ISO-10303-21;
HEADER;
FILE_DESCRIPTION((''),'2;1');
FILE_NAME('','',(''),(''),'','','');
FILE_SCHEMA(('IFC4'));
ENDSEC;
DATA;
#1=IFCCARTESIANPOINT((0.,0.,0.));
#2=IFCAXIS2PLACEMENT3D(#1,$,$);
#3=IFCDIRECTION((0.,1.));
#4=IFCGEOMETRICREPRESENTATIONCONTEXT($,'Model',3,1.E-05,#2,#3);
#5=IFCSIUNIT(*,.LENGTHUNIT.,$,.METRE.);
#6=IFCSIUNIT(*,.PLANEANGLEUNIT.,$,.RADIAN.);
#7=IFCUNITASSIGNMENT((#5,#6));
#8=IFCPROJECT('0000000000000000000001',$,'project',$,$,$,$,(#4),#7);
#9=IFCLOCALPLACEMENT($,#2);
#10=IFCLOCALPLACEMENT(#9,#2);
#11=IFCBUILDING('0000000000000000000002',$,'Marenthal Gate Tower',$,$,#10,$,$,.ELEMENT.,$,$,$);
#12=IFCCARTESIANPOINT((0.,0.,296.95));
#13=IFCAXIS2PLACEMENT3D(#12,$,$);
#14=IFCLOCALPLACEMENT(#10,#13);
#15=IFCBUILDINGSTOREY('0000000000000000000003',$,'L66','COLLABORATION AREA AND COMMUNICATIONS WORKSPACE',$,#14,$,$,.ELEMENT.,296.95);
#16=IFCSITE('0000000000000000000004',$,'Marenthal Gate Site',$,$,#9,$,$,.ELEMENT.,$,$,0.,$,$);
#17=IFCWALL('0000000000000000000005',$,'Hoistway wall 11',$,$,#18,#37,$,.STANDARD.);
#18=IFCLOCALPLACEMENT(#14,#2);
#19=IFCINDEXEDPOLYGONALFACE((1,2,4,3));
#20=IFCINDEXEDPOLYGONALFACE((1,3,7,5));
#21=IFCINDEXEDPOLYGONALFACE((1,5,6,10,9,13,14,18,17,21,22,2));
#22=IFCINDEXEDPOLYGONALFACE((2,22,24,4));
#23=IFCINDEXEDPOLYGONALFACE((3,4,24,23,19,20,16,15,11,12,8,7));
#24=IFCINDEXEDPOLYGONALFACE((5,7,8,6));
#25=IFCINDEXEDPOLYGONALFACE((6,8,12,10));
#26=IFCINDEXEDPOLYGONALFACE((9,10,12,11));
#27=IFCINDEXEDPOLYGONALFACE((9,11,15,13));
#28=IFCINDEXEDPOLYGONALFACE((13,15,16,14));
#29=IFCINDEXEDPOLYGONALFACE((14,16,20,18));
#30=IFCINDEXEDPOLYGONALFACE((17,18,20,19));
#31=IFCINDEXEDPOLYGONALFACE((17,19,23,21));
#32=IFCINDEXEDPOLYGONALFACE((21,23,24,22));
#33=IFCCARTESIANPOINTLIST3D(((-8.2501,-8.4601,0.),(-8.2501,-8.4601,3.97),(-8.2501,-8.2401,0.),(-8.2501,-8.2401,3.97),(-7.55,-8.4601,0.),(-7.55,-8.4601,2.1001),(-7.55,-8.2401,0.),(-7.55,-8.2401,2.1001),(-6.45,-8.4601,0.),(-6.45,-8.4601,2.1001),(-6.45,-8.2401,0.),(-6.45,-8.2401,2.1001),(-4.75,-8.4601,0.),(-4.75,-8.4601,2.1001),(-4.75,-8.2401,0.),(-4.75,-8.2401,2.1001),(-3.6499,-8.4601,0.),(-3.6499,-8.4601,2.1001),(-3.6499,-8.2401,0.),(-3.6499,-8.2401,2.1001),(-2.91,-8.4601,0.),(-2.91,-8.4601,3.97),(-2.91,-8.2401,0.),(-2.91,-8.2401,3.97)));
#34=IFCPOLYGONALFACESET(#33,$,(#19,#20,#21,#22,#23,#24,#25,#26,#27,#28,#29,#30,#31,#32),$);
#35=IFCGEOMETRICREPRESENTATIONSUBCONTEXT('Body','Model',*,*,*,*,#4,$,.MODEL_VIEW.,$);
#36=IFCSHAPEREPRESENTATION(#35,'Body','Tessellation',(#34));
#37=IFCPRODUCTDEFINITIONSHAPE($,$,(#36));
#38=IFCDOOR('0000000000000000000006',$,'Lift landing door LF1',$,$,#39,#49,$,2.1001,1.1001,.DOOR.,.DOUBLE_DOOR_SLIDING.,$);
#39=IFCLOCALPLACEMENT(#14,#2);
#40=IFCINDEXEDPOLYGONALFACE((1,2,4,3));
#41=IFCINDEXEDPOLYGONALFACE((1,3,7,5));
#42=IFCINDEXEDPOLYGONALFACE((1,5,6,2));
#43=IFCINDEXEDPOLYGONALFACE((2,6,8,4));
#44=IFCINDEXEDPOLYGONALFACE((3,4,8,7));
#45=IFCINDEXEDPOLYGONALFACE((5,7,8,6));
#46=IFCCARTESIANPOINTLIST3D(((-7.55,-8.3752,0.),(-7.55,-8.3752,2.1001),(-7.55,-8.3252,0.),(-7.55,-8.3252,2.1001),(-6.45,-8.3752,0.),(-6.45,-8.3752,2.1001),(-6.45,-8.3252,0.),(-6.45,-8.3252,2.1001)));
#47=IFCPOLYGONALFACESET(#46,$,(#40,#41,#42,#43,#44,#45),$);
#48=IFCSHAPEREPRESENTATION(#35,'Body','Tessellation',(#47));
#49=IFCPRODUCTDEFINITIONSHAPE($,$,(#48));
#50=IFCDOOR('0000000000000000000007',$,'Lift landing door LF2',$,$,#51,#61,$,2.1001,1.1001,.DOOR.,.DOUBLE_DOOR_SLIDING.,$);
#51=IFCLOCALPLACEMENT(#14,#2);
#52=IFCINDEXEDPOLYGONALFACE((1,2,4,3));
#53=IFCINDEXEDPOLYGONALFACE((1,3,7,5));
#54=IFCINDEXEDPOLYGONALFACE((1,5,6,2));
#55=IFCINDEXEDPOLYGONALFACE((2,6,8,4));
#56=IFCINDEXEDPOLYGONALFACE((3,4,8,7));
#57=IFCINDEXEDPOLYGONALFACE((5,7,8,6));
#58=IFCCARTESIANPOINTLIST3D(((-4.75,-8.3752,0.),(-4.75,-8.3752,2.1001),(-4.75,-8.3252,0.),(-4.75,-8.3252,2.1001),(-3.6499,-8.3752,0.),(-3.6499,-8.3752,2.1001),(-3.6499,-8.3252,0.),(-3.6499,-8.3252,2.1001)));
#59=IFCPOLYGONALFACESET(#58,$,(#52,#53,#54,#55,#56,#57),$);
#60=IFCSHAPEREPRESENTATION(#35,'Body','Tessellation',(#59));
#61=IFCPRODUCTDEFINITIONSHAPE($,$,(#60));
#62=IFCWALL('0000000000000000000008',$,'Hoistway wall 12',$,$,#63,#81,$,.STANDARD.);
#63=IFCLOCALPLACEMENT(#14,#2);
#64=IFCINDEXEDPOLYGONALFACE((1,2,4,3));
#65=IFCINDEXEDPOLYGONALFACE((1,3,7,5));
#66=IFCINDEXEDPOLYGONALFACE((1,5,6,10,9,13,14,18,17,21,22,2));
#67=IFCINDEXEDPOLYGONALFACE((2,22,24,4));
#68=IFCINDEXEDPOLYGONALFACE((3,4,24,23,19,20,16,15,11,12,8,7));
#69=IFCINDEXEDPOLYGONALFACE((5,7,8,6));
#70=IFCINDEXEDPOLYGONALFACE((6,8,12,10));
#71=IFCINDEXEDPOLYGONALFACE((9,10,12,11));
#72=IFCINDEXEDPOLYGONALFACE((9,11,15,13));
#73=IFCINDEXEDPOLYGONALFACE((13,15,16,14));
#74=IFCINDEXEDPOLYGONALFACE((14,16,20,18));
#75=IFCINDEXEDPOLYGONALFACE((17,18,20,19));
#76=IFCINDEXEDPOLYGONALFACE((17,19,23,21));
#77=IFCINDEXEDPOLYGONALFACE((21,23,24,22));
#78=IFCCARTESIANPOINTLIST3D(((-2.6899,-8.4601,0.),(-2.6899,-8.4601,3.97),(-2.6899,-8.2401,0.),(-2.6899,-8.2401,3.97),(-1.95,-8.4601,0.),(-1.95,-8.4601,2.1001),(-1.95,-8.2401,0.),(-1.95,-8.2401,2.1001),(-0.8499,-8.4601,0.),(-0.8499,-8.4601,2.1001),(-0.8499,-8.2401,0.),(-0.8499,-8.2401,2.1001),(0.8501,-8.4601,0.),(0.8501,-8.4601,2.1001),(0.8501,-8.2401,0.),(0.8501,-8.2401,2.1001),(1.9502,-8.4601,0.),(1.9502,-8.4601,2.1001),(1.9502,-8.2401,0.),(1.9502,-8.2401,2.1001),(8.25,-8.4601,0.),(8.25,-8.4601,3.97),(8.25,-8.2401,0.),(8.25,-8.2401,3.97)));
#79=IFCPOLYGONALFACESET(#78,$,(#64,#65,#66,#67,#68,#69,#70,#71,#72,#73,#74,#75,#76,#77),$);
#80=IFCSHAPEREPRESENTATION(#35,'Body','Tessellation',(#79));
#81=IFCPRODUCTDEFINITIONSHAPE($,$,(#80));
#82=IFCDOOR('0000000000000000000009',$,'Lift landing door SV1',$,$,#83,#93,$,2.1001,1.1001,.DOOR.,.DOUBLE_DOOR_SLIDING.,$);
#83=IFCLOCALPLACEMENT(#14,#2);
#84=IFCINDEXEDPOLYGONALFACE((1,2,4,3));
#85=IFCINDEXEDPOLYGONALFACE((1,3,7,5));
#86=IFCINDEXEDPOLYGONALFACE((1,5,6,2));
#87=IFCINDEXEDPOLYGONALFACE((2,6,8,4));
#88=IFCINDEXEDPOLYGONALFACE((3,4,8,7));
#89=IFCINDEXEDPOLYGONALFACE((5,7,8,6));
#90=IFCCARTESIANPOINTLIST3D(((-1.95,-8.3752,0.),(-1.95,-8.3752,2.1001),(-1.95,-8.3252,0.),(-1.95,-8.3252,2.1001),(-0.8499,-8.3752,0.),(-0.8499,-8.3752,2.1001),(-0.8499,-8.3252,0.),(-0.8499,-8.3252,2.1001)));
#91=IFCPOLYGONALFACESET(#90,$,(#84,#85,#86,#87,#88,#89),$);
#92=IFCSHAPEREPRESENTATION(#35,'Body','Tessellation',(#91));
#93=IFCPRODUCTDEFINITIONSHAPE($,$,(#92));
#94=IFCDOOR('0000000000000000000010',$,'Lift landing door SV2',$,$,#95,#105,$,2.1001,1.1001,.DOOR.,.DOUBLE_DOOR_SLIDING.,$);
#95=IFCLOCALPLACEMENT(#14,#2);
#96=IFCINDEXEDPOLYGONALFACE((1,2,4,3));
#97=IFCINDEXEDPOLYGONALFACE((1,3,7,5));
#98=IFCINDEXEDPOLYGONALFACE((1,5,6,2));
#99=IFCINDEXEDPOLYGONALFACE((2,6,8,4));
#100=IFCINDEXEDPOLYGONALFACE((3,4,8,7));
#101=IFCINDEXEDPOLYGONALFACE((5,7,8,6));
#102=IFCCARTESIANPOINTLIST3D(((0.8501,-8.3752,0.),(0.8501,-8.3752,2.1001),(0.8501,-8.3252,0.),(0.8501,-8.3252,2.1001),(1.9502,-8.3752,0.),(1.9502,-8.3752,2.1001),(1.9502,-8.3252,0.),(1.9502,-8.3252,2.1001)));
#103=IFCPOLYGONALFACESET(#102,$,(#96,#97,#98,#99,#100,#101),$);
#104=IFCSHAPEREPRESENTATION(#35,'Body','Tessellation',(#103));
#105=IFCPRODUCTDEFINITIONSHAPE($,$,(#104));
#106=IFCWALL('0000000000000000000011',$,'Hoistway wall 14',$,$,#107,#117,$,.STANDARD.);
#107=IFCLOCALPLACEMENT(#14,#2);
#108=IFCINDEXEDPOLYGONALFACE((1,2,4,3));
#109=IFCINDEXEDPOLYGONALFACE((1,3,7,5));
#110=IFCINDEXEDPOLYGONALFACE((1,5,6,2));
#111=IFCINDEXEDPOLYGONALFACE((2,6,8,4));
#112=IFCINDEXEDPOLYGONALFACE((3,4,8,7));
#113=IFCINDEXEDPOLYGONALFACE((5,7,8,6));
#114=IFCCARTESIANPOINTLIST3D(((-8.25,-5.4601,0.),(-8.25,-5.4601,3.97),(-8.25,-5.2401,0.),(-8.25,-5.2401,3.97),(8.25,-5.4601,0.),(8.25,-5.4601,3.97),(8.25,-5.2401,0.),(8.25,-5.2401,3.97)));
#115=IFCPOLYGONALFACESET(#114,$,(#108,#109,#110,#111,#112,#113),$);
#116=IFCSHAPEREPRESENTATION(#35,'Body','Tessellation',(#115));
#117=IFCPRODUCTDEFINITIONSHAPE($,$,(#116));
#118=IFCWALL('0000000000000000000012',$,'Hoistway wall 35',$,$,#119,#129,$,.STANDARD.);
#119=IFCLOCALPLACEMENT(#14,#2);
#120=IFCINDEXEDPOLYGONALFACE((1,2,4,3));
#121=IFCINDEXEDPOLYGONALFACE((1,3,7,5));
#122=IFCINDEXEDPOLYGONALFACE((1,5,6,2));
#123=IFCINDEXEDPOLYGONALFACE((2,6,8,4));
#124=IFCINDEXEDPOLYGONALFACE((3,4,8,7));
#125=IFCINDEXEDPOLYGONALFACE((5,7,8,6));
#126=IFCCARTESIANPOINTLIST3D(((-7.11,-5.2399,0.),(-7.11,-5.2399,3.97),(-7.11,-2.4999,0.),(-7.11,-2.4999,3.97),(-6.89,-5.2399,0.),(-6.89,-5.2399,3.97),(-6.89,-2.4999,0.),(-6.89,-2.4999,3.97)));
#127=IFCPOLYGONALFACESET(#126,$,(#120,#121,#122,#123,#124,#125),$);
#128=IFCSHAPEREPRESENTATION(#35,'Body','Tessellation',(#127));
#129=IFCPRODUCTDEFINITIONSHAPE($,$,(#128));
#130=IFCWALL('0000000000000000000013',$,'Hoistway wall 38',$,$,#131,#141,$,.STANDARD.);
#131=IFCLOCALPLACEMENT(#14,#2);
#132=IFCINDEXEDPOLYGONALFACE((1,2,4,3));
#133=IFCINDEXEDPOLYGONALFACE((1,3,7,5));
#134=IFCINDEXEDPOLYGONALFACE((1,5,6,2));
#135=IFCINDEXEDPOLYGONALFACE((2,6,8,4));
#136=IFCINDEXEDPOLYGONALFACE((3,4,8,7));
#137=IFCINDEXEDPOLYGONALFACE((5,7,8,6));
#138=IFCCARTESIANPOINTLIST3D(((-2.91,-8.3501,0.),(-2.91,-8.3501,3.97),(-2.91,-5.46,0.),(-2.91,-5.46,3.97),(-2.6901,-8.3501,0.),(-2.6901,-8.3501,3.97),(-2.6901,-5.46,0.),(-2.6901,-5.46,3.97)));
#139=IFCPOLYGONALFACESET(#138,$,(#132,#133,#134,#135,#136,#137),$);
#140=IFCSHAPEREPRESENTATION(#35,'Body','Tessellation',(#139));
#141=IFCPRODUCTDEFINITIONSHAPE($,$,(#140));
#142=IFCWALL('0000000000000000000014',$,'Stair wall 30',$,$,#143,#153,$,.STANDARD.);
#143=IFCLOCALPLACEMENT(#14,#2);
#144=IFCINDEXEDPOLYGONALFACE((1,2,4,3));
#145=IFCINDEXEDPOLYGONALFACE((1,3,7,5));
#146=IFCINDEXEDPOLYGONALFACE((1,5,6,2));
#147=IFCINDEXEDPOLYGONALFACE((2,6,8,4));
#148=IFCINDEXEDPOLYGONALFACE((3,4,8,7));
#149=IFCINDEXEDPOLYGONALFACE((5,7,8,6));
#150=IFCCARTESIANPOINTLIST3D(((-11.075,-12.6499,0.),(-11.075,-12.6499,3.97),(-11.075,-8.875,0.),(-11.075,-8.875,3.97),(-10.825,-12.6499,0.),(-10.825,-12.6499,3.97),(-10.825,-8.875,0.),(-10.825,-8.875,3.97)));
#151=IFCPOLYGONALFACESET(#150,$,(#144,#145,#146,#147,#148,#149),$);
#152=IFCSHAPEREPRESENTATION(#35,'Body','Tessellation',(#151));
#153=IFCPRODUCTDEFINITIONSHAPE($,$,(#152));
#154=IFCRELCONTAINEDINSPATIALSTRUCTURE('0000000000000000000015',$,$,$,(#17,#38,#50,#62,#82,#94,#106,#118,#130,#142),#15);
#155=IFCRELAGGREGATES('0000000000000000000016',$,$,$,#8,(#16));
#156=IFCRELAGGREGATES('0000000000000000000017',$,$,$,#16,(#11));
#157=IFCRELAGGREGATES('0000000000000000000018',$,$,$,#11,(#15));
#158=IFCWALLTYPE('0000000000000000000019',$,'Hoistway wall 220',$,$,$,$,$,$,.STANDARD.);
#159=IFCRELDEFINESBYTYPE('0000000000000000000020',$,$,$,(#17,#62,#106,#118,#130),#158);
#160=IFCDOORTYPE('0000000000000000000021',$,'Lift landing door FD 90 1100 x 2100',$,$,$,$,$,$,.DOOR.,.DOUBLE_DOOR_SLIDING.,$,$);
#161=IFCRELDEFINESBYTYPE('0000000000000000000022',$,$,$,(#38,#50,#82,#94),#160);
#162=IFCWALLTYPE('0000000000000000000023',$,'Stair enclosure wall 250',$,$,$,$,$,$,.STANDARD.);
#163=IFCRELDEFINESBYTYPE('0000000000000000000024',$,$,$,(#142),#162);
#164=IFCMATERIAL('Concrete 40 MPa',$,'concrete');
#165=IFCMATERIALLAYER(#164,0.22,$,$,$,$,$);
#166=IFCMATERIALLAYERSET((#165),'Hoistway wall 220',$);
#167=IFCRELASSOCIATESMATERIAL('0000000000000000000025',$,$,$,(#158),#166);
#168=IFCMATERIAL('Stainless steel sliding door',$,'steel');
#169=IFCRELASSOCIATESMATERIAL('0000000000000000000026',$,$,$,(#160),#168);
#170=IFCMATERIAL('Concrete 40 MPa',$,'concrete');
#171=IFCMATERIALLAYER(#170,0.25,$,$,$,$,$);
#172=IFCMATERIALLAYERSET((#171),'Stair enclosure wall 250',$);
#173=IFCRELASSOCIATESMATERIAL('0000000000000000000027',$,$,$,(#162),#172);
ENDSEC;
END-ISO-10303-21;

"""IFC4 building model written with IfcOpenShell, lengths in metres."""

from ifc_helpers import new_model, si_unit, direction, frame, frame_2d, origin, place, context, subcontext, project, spatial, rectangle, extrude, material, layer, layer_set, type_object, element, fill, save


model = new_model("IFC4")

# Units and contexts
model_context = context("Model", 3, precision=1e-05, world=origin(), true_north=direction((0.0, 1.0)))
body_context = subcontext(model_context, "Body", "Model", "MODEL_VIEW")
ifc_project = project(units=[si_unit("LENGTHUNIT", "METRE"), si_unit("PLANEANGLEUNIT", "RADIAN")], contexts=[model_context])

# Site, building, storey
site_placement = place(None, origin())
site = spatial("IfcSite", under=ifc_project, at=site_placement, Name="Marenthal Gate Site", CompositionType="ELEMENT", RefElevation=0.0)
building_placement = place(site_placement, origin())
building = spatial("IfcBuilding", under=site, at=building_placement, Name="Marenthal Gate Tower", CompositionType="ELEMENT")
storey_placement = place(building_placement, frame((0.0, 0.0, 296.95)))
storey = spatial("IfcBuildingStorey", under=building, at=storey_placement, Name="L66", Description="COLLABORATION AREA AND COMMUNICATIONS WORKSPACE", CompositionType="ELEMENT", Elevation=296.95)

# Walls, openings, doors
ifc_material_1 = material(Name="Concrete 40 MPa", Category="concrete")
ifc_layer_1 = layer(ifc_material_1, 0.22)
ifc_layer_set_1 = layer_set([ifc_layer_1], Name="Hoistway wall 220")
wall_type_1 = type_object("IfcWallType", Name="Hoistway wall 220", PredefinedType="STANDARD", material=ifc_layer_set_1)
wall_1_placement = place(storey_placement, frame((-8.25, -8.3501, 0.0), z_axis=(0.0, 0.0, 1.0), x_axis=(1.0, 0.0, 0.0)))
wall_1 = element("IfcWall", 1, at=wall_1_placement, inside=storey, type_object=wall_type_1, Name="Hoistway wall 11", PredefinedType="STANDARD", context=body_context, shape_type="SweptSolid", body=[
    extrude(rectangle(XDim=5.3401, YDim=0.22, at=frame_2d((2.6699, 0.0))), origin(), (0.0, 0.0, 1.0), 3.97),
])
opening_1_placement = place(wall_1_placement, frame((0.7, 0.0, 0.0)))
opening_1 = element("IfcOpeningElement", 2, at=opening_1_placement, cuts=wall_1, PredefinedType="OPENING", context=body_context, shape_type="SweptSolid", body=[
    extrude(rectangle(XDim=1.1001, YDim=2.1001, at=frame_2d((0.55, 1.05))), frame((0.0, 0.1201, 0.0), z_axis=(0.0, -1.0, 0.0), x_axis=(1.0, 0.0, 0.0)), (0.0, 0.0, 1.0), 0.24),
])
opening_2_placement = place(wall_1_placement, frame((3.5, 0.0, 0.0)))
opening_2 = element("IfcOpeningElement", 3, at=opening_2_placement, cuts=wall_1, PredefinedType="OPENING", context=body_context, shape_type="SweptSolid", body=[
    extrude(rectangle(XDim=1.1001, YDim=2.1001, at=frame_2d((0.55, 1.05))), frame((0.0, 0.1201, 0.0), z_axis=(0.0, -1.0, 0.0), x_axis=(1.0, 0.0, 0.0)), (0.0, 0.0, 1.0), 0.24),
])
ifc_material_2 = material(Name="Stainless steel sliding door", Category="steel")
door_type_1 = type_object("IfcDoorType", Name="Lift landing door FD 90 1100 x 2100", OperationType="DOUBLE_DOOR_SLIDING", PredefinedType="DOOR", material=ifc_material_2)
door_1_placement = place(opening_1_placement, origin())
door_1 = element("IfcDoor", 4, at=door_1_placement, inside=storey, type_object=door_type_1, Name="Lift landing door LF1", OperationType="DOUBLE_DOOR_SLIDING", OverallHeight=2.1001, OverallWidth=1.1001, PredefinedType="DOOR", context=body_context, shape_type="SweptSolid", body=[
    extrude(rectangle(XDim=1.1001, YDim=2.1001, at=frame_2d((0.55, 1.05))), frame((0.0, 0.0249, 0.0), z_axis=(0.0, -1.0, 0.0), x_axis=(1.0, 0.0, 0.0)), (0.0, 0.0, 1.0), 0.05),
])
fill(opening_1, door_1)
door_2_placement = place(opening_2_placement, origin())
door_2 = element("IfcDoor", 5, at=door_2_placement, inside=storey, type_object=door_type_1, Name="Lift landing door LF2", OperationType="DOUBLE_DOOR_SLIDING", OverallHeight=2.1001, OverallWidth=1.1001, PredefinedType="DOOR", context=body_context, shape_type="SweptSolid", body=[
    extrude(rectangle(XDim=1.1001, YDim=2.1001, at=frame_2d((0.55, 1.05))), frame((0.0, 0.0249, 0.0), z_axis=(0.0, -1.0, 0.0), x_axis=(1.0, 0.0, 0.0)), (0.0, 0.0, 1.0), 0.05),
])
fill(opening_2, door_2)
wall_2_placement = place(storey_placement, frame((-2.6899, -8.3501, 0.0), z_axis=(0.0, 0.0, 1.0), x_axis=(1.0, 0.0, 0.0)))
wall_2 = element("IfcWall", 6, at=wall_2_placement, inside=storey, type_object=wall_type_1, Name="Hoistway wall 12", PredefinedType="STANDARD", context=body_context, shape_type="SweptSolid", body=[
    extrude(rectangle(XDim=10.9399, YDim=0.22, at=frame_2d((5.47, 0.0))), origin(), (0.0, 0.0, 1.0), 3.97),
])
opening_3_placement = place(wall_2_placement, frame((0.74, 0.0, 0.0)))
opening_3 = element("IfcOpeningElement", 7, at=opening_3_placement, cuts=wall_2, PredefinedType="OPENING", context=body_context, shape_type="SweptSolid", body=[
    extrude(rectangle(XDim=1.1001, YDim=2.1001, at=frame_2d((0.55, 1.05))), frame((0.0, 0.1201, 0.0), z_axis=(0.0, -1.0, 0.0), x_axis=(1.0, 0.0, 0.0)), (0.0, 0.0, 1.0), 0.24),
])
opening_4_placement = place(wall_2_placement, frame((3.54, 0.0, 0.0)))
opening_4 = element("IfcOpeningElement", 8, at=opening_4_placement, cuts=wall_2, PredefinedType="OPENING", context=body_context, shape_type="SweptSolid", body=[
    extrude(rectangle(XDim=1.1001, YDim=2.1001, at=frame_2d((0.55, 1.05))), frame((0.0, 0.1201, 0.0), z_axis=(0.0, -1.0, 0.0), x_axis=(1.0, 0.0, 0.0)), (0.0, 0.0, 1.0), 0.24),
])
door_3_placement = place(opening_3_placement, origin())
door_3 = element("IfcDoor", 9, at=door_3_placement, inside=storey, type_object=door_type_1, Name="Lift landing door SV1", OperationType="DOUBLE_DOOR_SLIDING", OverallHeight=2.1001, OverallWidth=1.1001, PredefinedType="DOOR", context=body_context, shape_type="SweptSolid", body=[
    extrude(rectangle(XDim=1.1001, YDim=2.1001, at=frame_2d((0.55, 1.05))), frame((0.0, 0.0249, 0.0), z_axis=(0.0, -1.0, 0.0), x_axis=(1.0, 0.0, 0.0)), (0.0, 0.0, 1.0), 0.05),
])
fill(opening_3, door_3)
door_4_placement = place(opening_4_placement, origin())
door_4 = element("IfcDoor", 10, at=door_4_placement, inside=storey, type_object=door_type_1, Name="Lift landing door SV2", OperationType="DOUBLE_DOOR_SLIDING", OverallHeight=2.1001, OverallWidth=1.1001, PredefinedType="DOOR", context=body_context, shape_type="SweptSolid", body=[
    extrude(rectangle(XDim=1.1001, YDim=2.1001, at=frame_2d((0.55, 1.05))), frame((0.0, 0.0249, 0.0), z_axis=(0.0, -1.0, 0.0), x_axis=(1.0, 0.0, 0.0)), (0.0, 0.0, 1.0), 0.05),
])
fill(opening_4, door_4)

# Walls
wall_3_placement = place(storey_placement, frame((-8.25, -5.3501, 0.0), z_axis=(0.0, 0.0, 1.0), x_axis=(1.0, 0.0, 0.0)))
element("IfcWall", 11, at=wall_3_placement, inside=storey, type_object=wall_type_1, Name="Hoistway wall 14", PredefinedType="STANDARD", context=body_context, shape_type="SweptSolid", body=[
    extrude(rectangle(XDim=16.5, YDim=0.22, at=frame_2d((8.25, 0.0))), origin(), (0.0, 0.0, 1.0), 3.97),
])
wall_4_placement = place(storey_placement, frame((-7.0, -5.24, 0.0), z_axis=(0.0, 0.0, 1.0), x_axis=(0.0, 1.0, 0.0)))
element("IfcWall", 12, at=wall_4_placement, inside=storey, type_object=wall_type_1, Name="Hoistway wall 35", PredefinedType="STANDARD", context=body_context, shape_type="SweptSolid", body=[
    extrude(rectangle(XDim=2.74, YDim=0.22, at=frame_2d((1.3701, 0.0))), origin(), (0.0, 0.0, 1.0), 3.97),
])
wall_5_placement = place(storey_placement, frame((-2.8, -8.3501, 0.0), z_axis=(0.0, 0.0, 1.0), x_axis=(0.0, 1.0, 0.0)))
element("IfcWall", 13, at=wall_5_placement, inside=storey, type_object=wall_type_1, Name="Hoistway wall 38", PredefinedType="STANDARD", context=body_context, shape_type="SweptSolid", body=[
    extrude(rectangle(XDim=2.8901, YDim=0.22, at=frame_2d((1.4451, 0.0))), origin(), (0.0, 0.0, 1.0), 3.97),
])
ifc_material_3 = material(Name="Concrete 40 MPa", Category="concrete")
ifc_layer_2 = layer(ifc_material_3, 0.25)
ifc_layer_set_2 = layer_set([ifc_layer_2], Name="Stair enclosure wall 250")
wall_type_2 = type_object("IfcWallType", Name="Stair enclosure wall 250", PredefinedType="STANDARD", material=ifc_layer_set_2)
wall_6_placement = place(storey_placement, frame((-10.95, -12.6499, 0.0), z_axis=(0.0, 0.0, 1.0), x_axis=(0.0, 1.0, 0.0)))
element("IfcWall", 14, at=wall_6_placement, inside=storey, type_object=wall_type_2, Name="Stair wall 30", PredefinedType="STANDARD", context=body_context, shape_type="SweptSolid", body=[
    extrude(rectangle(XDim=3.7749, YDim=0.25, at=frame_2d((1.8875, 0.0))), origin(), (0.0, 0.0, 1.0), 3.97),
])

save(model, "model.ifc")
